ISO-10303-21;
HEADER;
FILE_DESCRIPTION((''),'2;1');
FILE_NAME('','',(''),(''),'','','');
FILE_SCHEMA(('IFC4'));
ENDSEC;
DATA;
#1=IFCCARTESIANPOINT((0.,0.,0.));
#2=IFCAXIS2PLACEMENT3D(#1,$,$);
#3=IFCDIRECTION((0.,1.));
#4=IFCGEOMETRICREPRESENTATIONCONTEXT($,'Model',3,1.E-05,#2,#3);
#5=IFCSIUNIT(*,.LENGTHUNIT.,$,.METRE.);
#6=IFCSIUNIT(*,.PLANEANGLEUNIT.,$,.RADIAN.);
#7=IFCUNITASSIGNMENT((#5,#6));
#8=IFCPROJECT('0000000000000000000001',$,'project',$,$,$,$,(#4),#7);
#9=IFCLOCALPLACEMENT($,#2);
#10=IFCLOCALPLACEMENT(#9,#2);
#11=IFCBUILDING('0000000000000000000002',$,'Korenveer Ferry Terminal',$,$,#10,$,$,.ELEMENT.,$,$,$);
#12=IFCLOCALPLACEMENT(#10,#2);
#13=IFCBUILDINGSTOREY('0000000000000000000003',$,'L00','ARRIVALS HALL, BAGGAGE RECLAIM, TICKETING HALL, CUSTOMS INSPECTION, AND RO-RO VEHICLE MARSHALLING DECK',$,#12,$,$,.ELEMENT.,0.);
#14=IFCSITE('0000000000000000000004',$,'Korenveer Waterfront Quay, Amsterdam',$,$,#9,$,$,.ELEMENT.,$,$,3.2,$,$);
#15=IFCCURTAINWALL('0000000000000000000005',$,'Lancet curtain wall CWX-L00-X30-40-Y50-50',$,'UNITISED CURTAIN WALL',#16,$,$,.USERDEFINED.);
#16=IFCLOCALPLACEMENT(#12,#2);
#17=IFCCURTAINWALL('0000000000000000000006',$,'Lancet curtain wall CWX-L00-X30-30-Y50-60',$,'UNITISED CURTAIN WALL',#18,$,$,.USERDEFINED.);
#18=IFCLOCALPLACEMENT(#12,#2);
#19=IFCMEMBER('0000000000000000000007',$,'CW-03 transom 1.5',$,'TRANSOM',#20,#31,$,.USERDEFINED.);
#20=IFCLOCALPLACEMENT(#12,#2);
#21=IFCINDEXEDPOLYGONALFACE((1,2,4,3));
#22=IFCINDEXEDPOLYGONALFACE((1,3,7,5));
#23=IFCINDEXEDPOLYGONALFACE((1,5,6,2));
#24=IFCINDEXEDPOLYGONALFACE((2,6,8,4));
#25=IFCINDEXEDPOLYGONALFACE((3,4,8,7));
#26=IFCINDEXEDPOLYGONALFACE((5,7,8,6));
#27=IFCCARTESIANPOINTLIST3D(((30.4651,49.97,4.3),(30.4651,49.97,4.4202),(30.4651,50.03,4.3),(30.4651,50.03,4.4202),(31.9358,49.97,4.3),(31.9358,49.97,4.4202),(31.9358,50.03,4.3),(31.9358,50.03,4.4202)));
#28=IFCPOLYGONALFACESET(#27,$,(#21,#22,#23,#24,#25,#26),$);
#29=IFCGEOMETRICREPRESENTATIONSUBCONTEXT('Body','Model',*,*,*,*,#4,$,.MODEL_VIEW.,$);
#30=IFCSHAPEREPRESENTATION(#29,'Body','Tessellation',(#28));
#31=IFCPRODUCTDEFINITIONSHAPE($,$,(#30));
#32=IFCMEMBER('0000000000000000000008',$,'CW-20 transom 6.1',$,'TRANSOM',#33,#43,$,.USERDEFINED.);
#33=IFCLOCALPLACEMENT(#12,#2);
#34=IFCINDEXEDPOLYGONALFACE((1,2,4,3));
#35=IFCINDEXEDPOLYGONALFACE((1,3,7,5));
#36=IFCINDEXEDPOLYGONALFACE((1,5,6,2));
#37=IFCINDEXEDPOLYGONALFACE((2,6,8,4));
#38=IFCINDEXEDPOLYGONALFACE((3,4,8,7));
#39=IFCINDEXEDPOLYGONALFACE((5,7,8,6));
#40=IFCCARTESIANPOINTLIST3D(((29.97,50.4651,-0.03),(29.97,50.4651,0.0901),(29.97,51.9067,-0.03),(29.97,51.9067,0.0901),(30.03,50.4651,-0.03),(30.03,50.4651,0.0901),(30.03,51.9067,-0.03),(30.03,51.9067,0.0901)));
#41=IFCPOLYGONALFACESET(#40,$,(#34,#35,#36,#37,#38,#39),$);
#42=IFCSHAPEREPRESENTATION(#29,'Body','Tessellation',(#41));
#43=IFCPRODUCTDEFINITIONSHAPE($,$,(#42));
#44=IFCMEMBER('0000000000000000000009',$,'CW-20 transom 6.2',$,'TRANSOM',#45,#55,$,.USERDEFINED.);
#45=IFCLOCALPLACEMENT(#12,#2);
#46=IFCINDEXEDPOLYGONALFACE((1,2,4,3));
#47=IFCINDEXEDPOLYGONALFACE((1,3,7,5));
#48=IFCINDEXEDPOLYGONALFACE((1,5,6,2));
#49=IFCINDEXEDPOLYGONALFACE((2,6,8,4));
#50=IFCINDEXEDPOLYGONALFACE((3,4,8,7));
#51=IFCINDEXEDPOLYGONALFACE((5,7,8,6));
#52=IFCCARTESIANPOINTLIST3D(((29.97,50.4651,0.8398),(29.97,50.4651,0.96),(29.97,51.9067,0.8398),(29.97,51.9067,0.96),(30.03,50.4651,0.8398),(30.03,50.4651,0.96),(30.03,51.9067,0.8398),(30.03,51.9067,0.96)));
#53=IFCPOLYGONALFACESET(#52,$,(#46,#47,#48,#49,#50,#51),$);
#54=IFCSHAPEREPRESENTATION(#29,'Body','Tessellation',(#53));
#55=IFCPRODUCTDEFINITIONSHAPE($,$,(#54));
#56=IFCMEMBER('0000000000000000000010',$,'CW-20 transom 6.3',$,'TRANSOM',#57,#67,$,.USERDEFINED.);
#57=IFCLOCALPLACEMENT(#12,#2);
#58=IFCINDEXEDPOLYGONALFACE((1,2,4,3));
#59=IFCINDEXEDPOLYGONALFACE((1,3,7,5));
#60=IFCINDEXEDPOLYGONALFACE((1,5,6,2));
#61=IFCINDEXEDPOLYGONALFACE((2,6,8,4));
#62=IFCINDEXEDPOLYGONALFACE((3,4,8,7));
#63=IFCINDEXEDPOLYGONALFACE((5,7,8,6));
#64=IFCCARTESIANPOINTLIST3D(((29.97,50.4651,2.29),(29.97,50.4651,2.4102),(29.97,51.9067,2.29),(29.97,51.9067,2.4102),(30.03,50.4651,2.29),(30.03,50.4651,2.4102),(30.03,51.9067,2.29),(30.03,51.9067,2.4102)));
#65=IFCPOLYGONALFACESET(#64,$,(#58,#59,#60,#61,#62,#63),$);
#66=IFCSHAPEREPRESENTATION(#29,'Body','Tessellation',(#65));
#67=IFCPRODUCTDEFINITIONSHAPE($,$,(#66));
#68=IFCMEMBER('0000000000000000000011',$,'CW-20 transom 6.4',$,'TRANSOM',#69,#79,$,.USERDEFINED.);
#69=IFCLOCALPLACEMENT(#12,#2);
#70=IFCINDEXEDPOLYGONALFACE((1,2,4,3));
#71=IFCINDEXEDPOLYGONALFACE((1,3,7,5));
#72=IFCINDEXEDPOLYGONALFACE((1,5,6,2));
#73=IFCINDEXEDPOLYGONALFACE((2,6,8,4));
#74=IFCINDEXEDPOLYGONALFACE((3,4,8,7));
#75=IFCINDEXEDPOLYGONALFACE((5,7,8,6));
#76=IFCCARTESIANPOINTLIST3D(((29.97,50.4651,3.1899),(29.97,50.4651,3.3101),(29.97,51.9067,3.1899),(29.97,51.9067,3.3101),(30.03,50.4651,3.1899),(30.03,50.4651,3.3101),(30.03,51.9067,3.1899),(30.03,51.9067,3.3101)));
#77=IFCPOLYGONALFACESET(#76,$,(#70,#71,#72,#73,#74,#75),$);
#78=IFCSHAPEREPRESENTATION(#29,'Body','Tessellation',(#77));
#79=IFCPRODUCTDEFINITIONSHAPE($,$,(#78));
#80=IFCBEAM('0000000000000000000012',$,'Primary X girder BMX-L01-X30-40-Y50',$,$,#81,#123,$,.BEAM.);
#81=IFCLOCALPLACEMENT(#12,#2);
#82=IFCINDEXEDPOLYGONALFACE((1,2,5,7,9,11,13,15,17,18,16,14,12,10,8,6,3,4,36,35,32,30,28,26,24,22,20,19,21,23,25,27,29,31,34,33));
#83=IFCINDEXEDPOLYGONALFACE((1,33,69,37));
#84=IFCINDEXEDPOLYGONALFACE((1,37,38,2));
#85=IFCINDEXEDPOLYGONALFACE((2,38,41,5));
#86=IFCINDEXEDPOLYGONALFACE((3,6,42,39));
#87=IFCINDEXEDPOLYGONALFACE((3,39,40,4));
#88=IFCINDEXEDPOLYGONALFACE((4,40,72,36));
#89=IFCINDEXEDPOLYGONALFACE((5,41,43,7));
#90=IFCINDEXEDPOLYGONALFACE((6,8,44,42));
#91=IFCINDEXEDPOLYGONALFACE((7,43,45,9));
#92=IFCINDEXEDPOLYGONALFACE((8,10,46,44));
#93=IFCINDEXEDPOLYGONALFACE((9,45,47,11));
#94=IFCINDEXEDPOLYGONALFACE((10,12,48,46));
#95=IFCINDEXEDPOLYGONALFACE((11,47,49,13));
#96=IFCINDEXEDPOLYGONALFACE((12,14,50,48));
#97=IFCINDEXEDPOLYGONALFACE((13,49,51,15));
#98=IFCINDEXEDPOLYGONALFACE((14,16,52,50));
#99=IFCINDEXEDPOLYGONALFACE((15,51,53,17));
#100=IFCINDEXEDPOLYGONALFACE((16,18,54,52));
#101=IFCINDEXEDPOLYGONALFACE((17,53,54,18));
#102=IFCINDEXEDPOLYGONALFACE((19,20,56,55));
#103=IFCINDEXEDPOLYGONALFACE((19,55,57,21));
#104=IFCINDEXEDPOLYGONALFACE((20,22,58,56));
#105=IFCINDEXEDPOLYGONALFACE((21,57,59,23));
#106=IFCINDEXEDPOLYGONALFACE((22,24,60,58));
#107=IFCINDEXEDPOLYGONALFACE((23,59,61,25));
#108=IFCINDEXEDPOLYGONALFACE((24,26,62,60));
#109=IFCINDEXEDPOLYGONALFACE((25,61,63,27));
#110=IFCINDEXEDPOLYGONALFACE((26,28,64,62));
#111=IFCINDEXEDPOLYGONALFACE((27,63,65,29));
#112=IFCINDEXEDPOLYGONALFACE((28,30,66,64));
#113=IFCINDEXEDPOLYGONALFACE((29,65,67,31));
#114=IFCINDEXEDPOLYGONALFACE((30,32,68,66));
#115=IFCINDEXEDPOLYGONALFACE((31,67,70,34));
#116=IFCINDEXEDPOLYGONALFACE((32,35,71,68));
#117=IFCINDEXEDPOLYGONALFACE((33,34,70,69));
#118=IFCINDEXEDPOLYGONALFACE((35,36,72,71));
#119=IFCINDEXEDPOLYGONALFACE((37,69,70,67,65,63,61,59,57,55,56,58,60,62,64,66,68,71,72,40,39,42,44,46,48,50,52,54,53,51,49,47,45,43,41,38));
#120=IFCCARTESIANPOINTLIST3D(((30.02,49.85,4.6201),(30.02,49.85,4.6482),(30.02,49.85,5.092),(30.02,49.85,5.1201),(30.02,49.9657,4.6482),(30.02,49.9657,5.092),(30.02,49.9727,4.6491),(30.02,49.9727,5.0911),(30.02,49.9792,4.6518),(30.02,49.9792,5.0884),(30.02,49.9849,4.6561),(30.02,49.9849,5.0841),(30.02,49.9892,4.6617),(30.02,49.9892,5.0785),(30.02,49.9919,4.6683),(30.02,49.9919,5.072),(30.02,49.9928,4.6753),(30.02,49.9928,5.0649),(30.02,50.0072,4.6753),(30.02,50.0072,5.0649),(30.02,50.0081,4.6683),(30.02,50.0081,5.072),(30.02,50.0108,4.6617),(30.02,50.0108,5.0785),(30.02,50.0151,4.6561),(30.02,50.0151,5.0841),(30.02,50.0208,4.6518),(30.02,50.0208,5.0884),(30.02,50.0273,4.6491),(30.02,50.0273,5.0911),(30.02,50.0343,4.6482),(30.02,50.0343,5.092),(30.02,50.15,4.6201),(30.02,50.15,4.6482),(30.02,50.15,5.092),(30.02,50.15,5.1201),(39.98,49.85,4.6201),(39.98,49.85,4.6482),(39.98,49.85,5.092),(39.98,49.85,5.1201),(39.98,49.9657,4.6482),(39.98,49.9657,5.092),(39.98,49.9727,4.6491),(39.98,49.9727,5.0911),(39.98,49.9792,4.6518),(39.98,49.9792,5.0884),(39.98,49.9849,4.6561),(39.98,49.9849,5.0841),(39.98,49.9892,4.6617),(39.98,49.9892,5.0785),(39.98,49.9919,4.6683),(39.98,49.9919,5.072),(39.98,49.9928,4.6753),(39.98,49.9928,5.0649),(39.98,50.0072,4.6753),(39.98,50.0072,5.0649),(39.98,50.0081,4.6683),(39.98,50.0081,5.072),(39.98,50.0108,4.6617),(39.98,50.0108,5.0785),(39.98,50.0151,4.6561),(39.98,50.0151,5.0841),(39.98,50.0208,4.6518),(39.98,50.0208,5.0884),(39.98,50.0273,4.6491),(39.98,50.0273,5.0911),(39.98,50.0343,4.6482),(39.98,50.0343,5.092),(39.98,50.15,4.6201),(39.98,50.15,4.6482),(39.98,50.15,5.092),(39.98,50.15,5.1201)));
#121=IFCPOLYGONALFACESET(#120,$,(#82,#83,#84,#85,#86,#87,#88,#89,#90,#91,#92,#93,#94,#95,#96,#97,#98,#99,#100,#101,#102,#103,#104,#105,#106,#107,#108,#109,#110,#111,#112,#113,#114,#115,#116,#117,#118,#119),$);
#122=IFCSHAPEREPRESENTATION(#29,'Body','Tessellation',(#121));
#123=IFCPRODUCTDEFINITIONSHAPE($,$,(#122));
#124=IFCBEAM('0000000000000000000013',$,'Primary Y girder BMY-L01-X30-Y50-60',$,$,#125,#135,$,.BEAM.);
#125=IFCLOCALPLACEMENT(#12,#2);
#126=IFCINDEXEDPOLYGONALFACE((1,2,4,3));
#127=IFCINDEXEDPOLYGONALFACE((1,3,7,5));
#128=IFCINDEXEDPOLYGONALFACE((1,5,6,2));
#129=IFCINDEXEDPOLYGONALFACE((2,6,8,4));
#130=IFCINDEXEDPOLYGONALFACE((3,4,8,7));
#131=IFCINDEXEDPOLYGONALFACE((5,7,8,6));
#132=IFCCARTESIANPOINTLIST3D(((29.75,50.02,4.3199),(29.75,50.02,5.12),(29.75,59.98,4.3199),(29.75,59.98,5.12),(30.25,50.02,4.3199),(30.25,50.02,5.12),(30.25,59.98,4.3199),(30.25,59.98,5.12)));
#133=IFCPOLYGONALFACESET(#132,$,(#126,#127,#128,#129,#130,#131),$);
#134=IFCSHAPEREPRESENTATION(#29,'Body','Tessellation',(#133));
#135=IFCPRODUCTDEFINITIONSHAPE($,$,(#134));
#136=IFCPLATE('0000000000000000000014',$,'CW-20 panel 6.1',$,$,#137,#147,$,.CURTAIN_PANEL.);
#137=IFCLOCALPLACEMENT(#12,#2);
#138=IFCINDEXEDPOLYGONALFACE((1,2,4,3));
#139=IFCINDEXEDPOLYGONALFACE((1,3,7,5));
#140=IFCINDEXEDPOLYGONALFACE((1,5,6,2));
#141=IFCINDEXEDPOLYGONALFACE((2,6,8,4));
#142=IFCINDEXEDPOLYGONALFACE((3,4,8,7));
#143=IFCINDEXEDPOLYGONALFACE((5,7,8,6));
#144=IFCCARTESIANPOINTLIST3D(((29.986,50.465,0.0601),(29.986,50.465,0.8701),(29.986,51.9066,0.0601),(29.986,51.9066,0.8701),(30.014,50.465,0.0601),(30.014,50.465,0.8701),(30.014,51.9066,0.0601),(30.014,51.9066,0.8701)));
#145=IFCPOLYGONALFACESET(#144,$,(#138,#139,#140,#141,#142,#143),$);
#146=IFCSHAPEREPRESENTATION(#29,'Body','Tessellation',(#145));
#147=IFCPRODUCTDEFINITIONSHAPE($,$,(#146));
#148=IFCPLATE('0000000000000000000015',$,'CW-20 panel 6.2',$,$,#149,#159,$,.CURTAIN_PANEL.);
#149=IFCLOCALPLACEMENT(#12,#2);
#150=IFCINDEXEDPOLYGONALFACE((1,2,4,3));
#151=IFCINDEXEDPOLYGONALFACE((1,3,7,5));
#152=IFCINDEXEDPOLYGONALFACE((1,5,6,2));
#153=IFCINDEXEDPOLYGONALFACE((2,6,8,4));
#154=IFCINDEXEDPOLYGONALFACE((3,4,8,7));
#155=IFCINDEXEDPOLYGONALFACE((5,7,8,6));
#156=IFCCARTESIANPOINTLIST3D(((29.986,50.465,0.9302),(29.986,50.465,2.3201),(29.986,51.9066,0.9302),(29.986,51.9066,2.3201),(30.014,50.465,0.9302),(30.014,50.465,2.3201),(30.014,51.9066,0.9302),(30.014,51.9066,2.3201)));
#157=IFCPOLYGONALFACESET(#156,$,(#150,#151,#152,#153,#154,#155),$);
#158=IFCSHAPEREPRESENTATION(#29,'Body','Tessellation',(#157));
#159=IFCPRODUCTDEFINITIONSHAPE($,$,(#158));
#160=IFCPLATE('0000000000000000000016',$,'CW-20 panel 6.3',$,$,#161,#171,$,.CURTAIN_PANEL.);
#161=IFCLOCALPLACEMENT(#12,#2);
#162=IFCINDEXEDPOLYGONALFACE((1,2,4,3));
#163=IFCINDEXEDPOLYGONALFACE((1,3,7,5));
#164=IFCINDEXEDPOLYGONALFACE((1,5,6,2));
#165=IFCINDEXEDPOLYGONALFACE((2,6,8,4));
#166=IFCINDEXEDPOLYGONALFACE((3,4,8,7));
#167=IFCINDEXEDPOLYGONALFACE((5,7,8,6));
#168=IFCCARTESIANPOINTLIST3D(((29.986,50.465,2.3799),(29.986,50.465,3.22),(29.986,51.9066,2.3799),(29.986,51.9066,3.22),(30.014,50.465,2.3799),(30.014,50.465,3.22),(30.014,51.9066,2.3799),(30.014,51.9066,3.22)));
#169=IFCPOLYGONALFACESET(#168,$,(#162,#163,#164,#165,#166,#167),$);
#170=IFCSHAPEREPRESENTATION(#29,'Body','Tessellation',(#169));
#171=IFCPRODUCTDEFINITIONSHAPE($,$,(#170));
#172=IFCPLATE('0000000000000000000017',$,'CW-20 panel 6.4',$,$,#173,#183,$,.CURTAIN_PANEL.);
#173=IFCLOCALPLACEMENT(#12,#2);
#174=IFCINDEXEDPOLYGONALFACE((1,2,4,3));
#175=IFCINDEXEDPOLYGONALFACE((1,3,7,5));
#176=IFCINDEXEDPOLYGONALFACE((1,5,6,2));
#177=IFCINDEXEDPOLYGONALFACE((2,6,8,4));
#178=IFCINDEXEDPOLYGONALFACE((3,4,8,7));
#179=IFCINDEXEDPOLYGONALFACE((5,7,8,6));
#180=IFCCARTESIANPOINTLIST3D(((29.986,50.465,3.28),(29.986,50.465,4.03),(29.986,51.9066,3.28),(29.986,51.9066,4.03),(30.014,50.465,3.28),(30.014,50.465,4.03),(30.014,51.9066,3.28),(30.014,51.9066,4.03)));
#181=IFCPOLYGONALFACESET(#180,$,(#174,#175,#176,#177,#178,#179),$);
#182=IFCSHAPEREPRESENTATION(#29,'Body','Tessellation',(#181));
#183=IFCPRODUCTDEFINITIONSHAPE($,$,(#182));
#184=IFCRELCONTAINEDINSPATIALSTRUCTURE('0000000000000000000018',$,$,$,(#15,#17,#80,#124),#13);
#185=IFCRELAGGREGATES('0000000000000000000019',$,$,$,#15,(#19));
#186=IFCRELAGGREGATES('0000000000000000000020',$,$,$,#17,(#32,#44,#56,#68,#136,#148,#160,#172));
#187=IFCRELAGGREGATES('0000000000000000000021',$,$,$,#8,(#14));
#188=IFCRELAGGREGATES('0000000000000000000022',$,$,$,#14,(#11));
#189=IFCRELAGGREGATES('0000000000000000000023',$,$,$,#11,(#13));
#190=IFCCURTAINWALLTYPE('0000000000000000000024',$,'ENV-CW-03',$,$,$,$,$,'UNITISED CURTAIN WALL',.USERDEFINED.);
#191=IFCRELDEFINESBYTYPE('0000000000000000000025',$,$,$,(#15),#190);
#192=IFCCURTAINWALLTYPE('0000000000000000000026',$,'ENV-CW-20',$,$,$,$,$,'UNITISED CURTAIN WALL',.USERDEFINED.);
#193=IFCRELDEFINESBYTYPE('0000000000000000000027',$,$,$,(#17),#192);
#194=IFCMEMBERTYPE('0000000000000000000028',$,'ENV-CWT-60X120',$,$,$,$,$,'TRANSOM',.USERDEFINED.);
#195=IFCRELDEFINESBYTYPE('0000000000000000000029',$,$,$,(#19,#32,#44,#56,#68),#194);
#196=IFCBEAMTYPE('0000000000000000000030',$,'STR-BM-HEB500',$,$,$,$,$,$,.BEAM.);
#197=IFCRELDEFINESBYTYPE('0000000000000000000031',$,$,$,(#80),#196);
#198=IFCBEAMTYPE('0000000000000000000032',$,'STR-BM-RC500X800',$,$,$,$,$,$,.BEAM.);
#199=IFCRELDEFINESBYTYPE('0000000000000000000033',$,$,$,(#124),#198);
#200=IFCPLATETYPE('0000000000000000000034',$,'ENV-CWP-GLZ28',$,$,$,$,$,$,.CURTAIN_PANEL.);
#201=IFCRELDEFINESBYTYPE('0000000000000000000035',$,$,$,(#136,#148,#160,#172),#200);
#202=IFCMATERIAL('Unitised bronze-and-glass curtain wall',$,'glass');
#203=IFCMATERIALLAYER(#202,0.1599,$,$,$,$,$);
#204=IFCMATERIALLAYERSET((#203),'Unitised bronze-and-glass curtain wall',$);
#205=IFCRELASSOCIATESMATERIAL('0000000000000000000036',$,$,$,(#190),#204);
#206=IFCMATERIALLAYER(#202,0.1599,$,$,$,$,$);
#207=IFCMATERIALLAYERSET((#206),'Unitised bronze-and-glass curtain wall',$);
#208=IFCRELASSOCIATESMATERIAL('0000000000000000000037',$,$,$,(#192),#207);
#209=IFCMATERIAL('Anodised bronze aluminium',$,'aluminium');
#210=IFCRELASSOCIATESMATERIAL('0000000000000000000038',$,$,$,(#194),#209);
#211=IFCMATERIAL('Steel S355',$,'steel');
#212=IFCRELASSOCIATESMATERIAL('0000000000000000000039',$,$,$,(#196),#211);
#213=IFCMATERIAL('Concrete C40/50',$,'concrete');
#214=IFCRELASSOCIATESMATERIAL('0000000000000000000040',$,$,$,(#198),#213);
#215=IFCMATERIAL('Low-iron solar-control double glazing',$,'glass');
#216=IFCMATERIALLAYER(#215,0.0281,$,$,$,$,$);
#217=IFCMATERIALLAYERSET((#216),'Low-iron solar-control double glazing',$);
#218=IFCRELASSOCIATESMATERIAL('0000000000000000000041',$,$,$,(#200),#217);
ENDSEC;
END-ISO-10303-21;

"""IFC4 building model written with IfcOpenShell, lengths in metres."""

from ifc_helpers import new_model, si_unit, direction, frame, origin, origin_2d, place, context, subcontext, project, spatial, rectangle, i_section, extrude, material, layer, layer_set, material_profile, profile_set, type_object, element, aggregate, save


model = new_model("IFC4")

# Units and contexts
model_context = context("Model", 3, precision=1e-05, world=origin(), true_north=direction((0.0, 1.0)))
body_context = subcontext(model_context, "Body", "Model", "MODEL_VIEW")
ifc_project = project(units=[si_unit("LENGTHUNIT", "METRE"), si_unit("PLANEANGLEUNIT", "RADIAN")], contexts=[model_context])

# Site, building, storey
site_placement = place(None, origin())
site = spatial("IfcSite", under=ifc_project, at=site_placement, Name="Korenveer Waterfront Quay, Amsterdam", CompositionType="ELEMENT", RefElevation=3.2)
building_placement = place(site_placement, origin())
building = spatial("IfcBuilding", under=site, at=building_placement, Name="Korenveer Ferry Terminal", CompositionType="ELEMENT")
storey_placement = place(building_placement, origin())
storey = spatial("IfcBuildingStorey", under=building, at=storey_placement, Name="L00", Description="ARRIVALS HALL, BAGGAGE RECLAIM, TICKETING HALL, CUSTOMS INSPECTION, AND RO-RO VEHICLE MARSHALLING DECK", CompositionType="ELEMENT", Elevation=0.0)

# Shared definitions
ifc_material_1 = material(Name="Concrete C40/50", Category="concrete")

# Curtain walls
ifc_material_2 = material(Name="Unitised bronze-and-glass curtain wall", Category="glass")
ifc_layer_1 = layer(ifc_material_2, 0.1599)
ifc_layer_set_1 = layer_set([ifc_layer_1], Name="Unitised bronze-and-glass curtain wall")
curtain_wall_type_1 = type_object("IfcCurtainWallType", Name="ENV-CW-03", ElementType="UNITISED CURTAIN WALL", PredefinedType="USERDEFINED", material=ifc_layer_set_1)
curtain_wall_1_placement = place(storey_placement, frame((30.405, 50.0, 0.0)))
curtain_wall_1 = element("IfcCurtainWall", 1, at=curtain_wall_1_placement, inside=storey, type_object=curtain_wall_type_1, Name="Lancet curtain wall CWX-L00-X30-40-Y50-50", ObjectType="UNITISED CURTAIN WALL", PredefinedType="USERDEFINED")
ifc_material_3 = material(Name="Anodised bronze aluminium", Category="aluminium")
ifc_layer_2 = layer(ifc_material_2, 0.1599)
ifc_layer_set_2 = layer_set([ifc_layer_2], Name="Unitised bronze-and-glass curtain wall")
curtain_wall_type_2 = type_object("IfcCurtainWallType", Name="ENV-CW-20", ElementType="UNITISED CURTAIN WALL", PredefinedType="USERDEFINED", material=ifc_layer_set_2)
curtain_wall_2_placement = place(storey_placement, frame((30.0, 59.595, 0.0)))
curtain_wall_2 = element("IfcCurtainWall", 2, at=curtain_wall_2_placement, inside=storey, type_object=curtain_wall_type_2, Name="Lancet curtain wall CWX-L00-X30-30-Y50-60", ObjectType="UNITISED CURTAIN WALL", PredefinedType="USERDEFINED")

# Members
ifc_material_profile_1 = material_profile(ifc_material_3, rectangle(XDim=0.0601, YDim=0.1201, at=origin_2d()), Name="ALU 60x120")
ifc_profile_set_1 = profile_set([ifc_material_profile_1], Name="Anodised bronze aluminium")
member_type_1 = type_object("IfcMemberType", Name="ENV-CWT-60X120", ElementType="TRANSOM", PredefinedType="USERDEFINED", material=ifc_profile_set_1)
member_1_placement = place(storey_placement, frame((30.4651, 50.0, 4.3601), z_axis=(1.0, 0.0, 0.0), x_axis=(0.0, 1.0, 0.0)))
member_1 = element("IfcMember", 3, at=member_1_placement, type_object=member_type_1, Name="CW-03 transom 1.5", ObjectType="TRANSOM", PredefinedType="USERDEFINED", context=body_context, shape_type="SweptSolid", body=[
    extrude(rectangle(XDim=0.0601, YDim=0.1201, at=origin_2d()), origin(), (0.0, 0.0, 1.0), 1.4707),
])
aggregate(curtain_wall_1, [member_1])
member_2_placement = place(storey_placement, frame((30.0, 51.9067, 0.03), z_axis=(0.0, -1.0, 0.0), x_axis=(1.0, 0.0, 0.0)))
member_2 = element("IfcMember", 4, at=member_2_placement, type_object=member_type_1, Name="CW-20 transom 6.1", ObjectType="TRANSOM", PredefinedType="USERDEFINED", context=body_context, shape_type="SweptSolid", body=[
    extrude(rectangle(XDim=0.0601, YDim=0.1201, at=origin_2d()), origin(), (0.0, 0.0, 1.0), 1.4417),
])
member_3_placement = place(storey_placement, frame((30.0, 51.9067, 0.8999), z_axis=(0.0, -1.0, 0.0), x_axis=(1.0, 0.0, 0.0)))
member_3 = element("IfcMember", 5, at=member_3_placement, type_object=member_type_1, Name="CW-20 transom 6.2", ObjectType="TRANSOM", PredefinedType="USERDEFINED", context=body_context, shape_type="SweptSolid", body=[
    extrude(rectangle(XDim=0.0601, YDim=0.1201, at=origin_2d()), origin(), (0.0, 0.0, 1.0), 1.4417),
])
member_4_placement = place(storey_placement, frame((30.0, 51.9067, 2.3501), z_axis=(0.0, -1.0, 0.0), x_axis=(1.0, 0.0, 0.0)))
member_4 = element("IfcMember", 6, at=member_4_placement, type_object=member_type_1, Name="CW-20 transom 6.3", ObjectType="TRANSOM", PredefinedType="USERDEFINED", context=body_context, shape_type="SweptSolid", body=[
    extrude(rectangle(XDim=0.0601, YDim=0.1201, at=origin_2d()), origin(), (0.0, 0.0, 1.0), 1.4417),
])
member_5_placement = place(storey_placement, frame((30.0, 51.9067, 3.25), z_axis=(0.0, -1.0, 0.0), x_axis=(1.0, 0.0, 0.0)))
member_5 = element("IfcMember", 7, at=member_5_placement, type_object=member_type_1, Name="CW-20 transom 6.4", ObjectType="TRANSOM", PredefinedType="USERDEFINED", context=body_context, shape_type="SweptSolid", body=[
    extrude(rectangle(XDim=0.0601, YDim=0.1201, at=origin_2d()), origin(), (0.0, 0.0, 1.0), 1.4417),
])

# Beams
ifc_material_4 = material(Name="Steel S355", Category="steel")
ifc_material_profile_2 = material_profile(ifc_material_4, i_section(OverallWidth=0.3, OverallDepth=0.5, WebThickness=0.0144, FlangeThickness=0.0281, FilletRadius=0.0271, at=origin_2d()), Name="HEB 500")
ifc_profile_set_2 = profile_set([ifc_material_profile_2], Name="Steel S355")
beam_type_1 = type_object("IfcBeamType", Name="STR-BM-HEB500", PredefinedType="BEAM", material=ifc_profile_set_2)
beam_1_placement = place(storey_placement, frame((30.02, 50.0, 4.8701), z_axis=(1.0, 0.0, 0.0), x_axis=(0.0, 1.0, 0.0)))
element("IfcBeam", 8, at=beam_1_placement, inside=storey, type_object=beam_type_1, Name="Primary X girder BMX-L01-X30-40-Y50", PredefinedType="BEAM", context=body_context, shape_type="SweptSolid", body=[
    extrude(i_section(OverallWidth=0.3, OverallDepth=0.5, WebThickness=0.0144, FlangeThickness=0.0281, FilletRadius=0.0271, at=origin_2d()), origin(), (0.0, 0.0, 1.0), 9.96),
])
ifc_material_profile_3 = material_profile(ifc_material_1, rectangle(XDim=0.5, YDim=0.8, at=origin_2d()), Name="RC 500x800")
ifc_profile_set_3 = profile_set([ifc_material_profile_3], Name="Concrete C40/50")
beam_type_2 = type_object("IfcBeamType", Name="STR-BM-RC500X800", PredefinedType="BEAM", material=ifc_profile_set_3)
beam_2_placement = place(storey_placement, frame((30.0, 50.02, 4.72), z_axis=(0.0, 1.0, 0.0), x_axis=(-1.0, 0.0, 0.0)))
element("IfcBeam", 9, at=beam_2_placement, inside=storey, type_object=beam_type_2, Name="Primary Y girder BMY-L01-X30-Y50-60", PredefinedType="BEAM", context=body_context, shape_type="SweptSolid", body=[
    extrude(rectangle(XDim=0.5, YDim=0.8, at=origin_2d()), origin(), (0.0, 0.0, 1.0), 9.96),
])

# Plates
ifc_material_5 = material(Name="Low-iron solar-control double glazing", Category="glass")
ifc_layer_3 = layer(ifc_material_5, 0.0281)
ifc_layer_set_3 = layer_set([ifc_layer_3], Name="Low-iron solar-control double glazing")
plate_type = type_object("IfcPlateType", Name="ENV-CWP-GLZ28", PredefinedType="CURTAIN_PANEL", material=ifc_layer_set_3)
plate_1_placement = place(storey_placement, frame((30.0, 51.1858, 0.0601), z_axis=(0.0, 0.0, 1.0), x_axis=(0.0, -1.0, 0.0)))
plate_1 = element("IfcPlate", 10, at=plate_1_placement, type_object=plate_type, Name="CW-20 panel 6.1", PredefinedType="CURTAIN_PANEL", context=body_context, shape_type="SweptSolid", body=[
    extrude(rectangle(XDim=1.4417, YDim=0.0281, at=origin_2d()), origin(), (0.0, 0.0, 1.0), 0.8101),
])
plate_2_placement = place(storey_placement, frame((30.0, 51.1858, 0.9302), z_axis=(0.0, 0.0, 1.0), x_axis=(0.0, -1.0, 0.0)))
plate_2 = element("IfcPlate", 11, at=plate_2_placement, type_object=plate_type, Name="CW-20 panel 6.2", PredefinedType="CURTAIN_PANEL", context=body_context, shape_type="SweptSolid", body=[
    extrude(rectangle(XDim=1.4417, YDim=0.0281, at=origin_2d()), origin(), (0.0, 0.0, 1.0), 1.3899),
])
plate_3_placement = place(storey_placement, frame((30.0, 51.1858, 2.3799), z_axis=(0.0, 0.0, 1.0), x_axis=(0.0, -1.0, 0.0)))
plate_3 = element("IfcPlate", 12, at=plate_3_placement, type_object=plate_type, Name="CW-20 panel 6.3", PredefinedType="CURTAIN_PANEL", context=body_context, shape_type="SweptSolid", body=[
    extrude(rectangle(XDim=1.4417, YDim=0.0281, at=origin_2d()), origin(), (0.0, 0.0, 1.0), 0.8401),
])
plate_4_placement = place(storey_placement, frame((30.0, 51.1858, 3.28), z_axis=(0.0, 0.0, 1.0), x_axis=(0.0, -1.0, 0.0)))
plate_4 = element("IfcPlate", 13, at=plate_4_placement, type_object=plate_type, Name="CW-20 panel 6.4", PredefinedType="CURTAIN_PANEL", context=body_context, shape_type="SweptSolid", body=[
    extrude(rectangle(XDim=1.4417, YDim=0.0281, at=origin_2d()), origin(), (0.0, 0.0, 1.0), 0.75),
])
aggregate(curtain_wall_2, [member_2, member_3, member_4, member_5, plate_1, plate_2, plate_3, plate_4])

save(model, "model.ifc")
